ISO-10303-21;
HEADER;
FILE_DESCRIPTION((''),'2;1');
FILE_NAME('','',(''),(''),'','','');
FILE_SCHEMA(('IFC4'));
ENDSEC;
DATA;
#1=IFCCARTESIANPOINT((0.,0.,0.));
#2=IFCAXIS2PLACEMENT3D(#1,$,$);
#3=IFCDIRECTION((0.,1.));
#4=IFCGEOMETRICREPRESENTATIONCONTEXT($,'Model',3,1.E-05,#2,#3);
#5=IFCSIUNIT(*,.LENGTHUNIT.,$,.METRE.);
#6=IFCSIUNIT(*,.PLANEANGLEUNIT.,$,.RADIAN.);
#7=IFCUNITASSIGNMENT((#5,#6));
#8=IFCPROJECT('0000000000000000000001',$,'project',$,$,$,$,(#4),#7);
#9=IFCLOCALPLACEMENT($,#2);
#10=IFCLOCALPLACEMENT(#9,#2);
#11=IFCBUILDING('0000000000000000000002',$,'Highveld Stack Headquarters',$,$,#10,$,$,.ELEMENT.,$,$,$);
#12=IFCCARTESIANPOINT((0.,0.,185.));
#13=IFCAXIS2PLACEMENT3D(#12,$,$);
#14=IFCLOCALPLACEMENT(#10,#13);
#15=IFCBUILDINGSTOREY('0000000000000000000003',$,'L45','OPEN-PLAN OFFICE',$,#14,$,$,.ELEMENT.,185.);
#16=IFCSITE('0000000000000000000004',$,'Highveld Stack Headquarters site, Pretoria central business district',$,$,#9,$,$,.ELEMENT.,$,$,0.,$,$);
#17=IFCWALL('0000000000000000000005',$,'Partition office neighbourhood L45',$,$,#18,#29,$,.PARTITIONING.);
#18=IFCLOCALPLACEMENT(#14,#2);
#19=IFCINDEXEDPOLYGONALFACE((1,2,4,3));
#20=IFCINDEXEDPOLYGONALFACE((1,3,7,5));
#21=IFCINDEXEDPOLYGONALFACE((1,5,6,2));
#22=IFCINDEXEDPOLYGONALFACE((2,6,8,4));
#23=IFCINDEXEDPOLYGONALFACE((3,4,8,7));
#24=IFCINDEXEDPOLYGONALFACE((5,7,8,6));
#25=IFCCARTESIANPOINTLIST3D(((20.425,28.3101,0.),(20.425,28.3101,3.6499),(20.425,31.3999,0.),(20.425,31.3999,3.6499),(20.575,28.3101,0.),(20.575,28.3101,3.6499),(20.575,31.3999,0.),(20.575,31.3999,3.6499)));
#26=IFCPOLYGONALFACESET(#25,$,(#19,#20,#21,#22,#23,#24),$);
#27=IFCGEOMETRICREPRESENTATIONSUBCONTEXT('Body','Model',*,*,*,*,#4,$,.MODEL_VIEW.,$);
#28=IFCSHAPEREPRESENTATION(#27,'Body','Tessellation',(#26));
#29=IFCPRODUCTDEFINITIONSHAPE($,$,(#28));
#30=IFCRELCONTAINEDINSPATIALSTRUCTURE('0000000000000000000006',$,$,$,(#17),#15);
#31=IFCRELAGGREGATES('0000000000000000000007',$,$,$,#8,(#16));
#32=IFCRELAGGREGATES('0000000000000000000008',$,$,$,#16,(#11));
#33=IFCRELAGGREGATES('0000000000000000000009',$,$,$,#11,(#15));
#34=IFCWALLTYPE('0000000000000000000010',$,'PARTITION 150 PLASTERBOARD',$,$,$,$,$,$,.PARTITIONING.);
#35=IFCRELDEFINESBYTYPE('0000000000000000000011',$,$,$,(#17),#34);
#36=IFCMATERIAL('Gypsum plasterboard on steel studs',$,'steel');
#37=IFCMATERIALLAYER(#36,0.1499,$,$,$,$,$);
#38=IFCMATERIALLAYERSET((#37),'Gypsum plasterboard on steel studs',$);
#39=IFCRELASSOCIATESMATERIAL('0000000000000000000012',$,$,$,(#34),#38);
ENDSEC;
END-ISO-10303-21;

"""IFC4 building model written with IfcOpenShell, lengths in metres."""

from ifc_helpers import new_model, si_unit, direction, frame, frame_2d, origin, place, context, subcontext, project, spatial, rectangle, extrude, material, layer, layer_set, type_object, element, save


model = new_model("IFC4")

# Units and contexts
model_context = context("Model", 3, precision=1e-05, world=origin(), true_north=direction((0.0, 1.0)))
body_context = subcontext(model_context, "Body", "Model", "MODEL_VIEW")
ifc_project = project(units=[si_unit("LENGTHUNIT", "METRE"), si_unit("PLANEANGLEUNIT", "RADIAN")], contexts=[model_context])

# Site, building, storey
site_placement = place(None, origin())
site = spatial("IfcSite", under=ifc_project, at=site_placement, Name="Highveld Stack Headquarters site, Pretoria central business district", CompositionType="ELEMENT", RefElevation=0.0)
building_placement = place(site_placement, origin())
building = spatial("IfcBuilding", under=site, at=building_placement, Name="Highveld Stack Headquarters", CompositionType="ELEMENT")
storey_placement = place(building_placement, frame((0.0, 0.0, 185.0)))
storey = spatial("IfcBuildingStorey", under=building, at=storey_placement, Name="L45", Description="OPEN-PLAN OFFICE", CompositionType="ELEMENT", Elevation=185.0)

# Shared definitions
ifc_material_1 = material(Name="Gypsum plasterboard on steel studs", Category="steel")
ifc_layer_1 = layer(ifc_material_1, 0.1499)
ifc_layer_set_1 = layer_set([ifc_layer_1], Name="Gypsum plasterboard on steel studs")
wall_type = type_object("IfcWallType", Name="PARTITION 150 PLASTERBOARD", PredefinedType="PARTITIONING", material=ifc_layer_set_1)

# Wall
wall_1_placement = place(storey_placement, frame((20.5, 28.3101, 0.0), z_axis=(0.0, 0.0, 1.0), x_axis=(0.0, 1.0, 0.0)))
element("IfcWall", 1, at=wall_1_placement, inside=storey, type_object=wall_type, Name="Partition office neighbourhood L45", PredefinedType="PARTITIONING", context=body_context, shape_type="SweptSolid", body=[
    extrude(rectangle(XDim=3.0898, YDim=0.1499, at=frame_2d((1.5449, 0.0))), origin(), (0.0, 0.0, 1.0), 3.6499),
])

save(model, "model.ifc")
